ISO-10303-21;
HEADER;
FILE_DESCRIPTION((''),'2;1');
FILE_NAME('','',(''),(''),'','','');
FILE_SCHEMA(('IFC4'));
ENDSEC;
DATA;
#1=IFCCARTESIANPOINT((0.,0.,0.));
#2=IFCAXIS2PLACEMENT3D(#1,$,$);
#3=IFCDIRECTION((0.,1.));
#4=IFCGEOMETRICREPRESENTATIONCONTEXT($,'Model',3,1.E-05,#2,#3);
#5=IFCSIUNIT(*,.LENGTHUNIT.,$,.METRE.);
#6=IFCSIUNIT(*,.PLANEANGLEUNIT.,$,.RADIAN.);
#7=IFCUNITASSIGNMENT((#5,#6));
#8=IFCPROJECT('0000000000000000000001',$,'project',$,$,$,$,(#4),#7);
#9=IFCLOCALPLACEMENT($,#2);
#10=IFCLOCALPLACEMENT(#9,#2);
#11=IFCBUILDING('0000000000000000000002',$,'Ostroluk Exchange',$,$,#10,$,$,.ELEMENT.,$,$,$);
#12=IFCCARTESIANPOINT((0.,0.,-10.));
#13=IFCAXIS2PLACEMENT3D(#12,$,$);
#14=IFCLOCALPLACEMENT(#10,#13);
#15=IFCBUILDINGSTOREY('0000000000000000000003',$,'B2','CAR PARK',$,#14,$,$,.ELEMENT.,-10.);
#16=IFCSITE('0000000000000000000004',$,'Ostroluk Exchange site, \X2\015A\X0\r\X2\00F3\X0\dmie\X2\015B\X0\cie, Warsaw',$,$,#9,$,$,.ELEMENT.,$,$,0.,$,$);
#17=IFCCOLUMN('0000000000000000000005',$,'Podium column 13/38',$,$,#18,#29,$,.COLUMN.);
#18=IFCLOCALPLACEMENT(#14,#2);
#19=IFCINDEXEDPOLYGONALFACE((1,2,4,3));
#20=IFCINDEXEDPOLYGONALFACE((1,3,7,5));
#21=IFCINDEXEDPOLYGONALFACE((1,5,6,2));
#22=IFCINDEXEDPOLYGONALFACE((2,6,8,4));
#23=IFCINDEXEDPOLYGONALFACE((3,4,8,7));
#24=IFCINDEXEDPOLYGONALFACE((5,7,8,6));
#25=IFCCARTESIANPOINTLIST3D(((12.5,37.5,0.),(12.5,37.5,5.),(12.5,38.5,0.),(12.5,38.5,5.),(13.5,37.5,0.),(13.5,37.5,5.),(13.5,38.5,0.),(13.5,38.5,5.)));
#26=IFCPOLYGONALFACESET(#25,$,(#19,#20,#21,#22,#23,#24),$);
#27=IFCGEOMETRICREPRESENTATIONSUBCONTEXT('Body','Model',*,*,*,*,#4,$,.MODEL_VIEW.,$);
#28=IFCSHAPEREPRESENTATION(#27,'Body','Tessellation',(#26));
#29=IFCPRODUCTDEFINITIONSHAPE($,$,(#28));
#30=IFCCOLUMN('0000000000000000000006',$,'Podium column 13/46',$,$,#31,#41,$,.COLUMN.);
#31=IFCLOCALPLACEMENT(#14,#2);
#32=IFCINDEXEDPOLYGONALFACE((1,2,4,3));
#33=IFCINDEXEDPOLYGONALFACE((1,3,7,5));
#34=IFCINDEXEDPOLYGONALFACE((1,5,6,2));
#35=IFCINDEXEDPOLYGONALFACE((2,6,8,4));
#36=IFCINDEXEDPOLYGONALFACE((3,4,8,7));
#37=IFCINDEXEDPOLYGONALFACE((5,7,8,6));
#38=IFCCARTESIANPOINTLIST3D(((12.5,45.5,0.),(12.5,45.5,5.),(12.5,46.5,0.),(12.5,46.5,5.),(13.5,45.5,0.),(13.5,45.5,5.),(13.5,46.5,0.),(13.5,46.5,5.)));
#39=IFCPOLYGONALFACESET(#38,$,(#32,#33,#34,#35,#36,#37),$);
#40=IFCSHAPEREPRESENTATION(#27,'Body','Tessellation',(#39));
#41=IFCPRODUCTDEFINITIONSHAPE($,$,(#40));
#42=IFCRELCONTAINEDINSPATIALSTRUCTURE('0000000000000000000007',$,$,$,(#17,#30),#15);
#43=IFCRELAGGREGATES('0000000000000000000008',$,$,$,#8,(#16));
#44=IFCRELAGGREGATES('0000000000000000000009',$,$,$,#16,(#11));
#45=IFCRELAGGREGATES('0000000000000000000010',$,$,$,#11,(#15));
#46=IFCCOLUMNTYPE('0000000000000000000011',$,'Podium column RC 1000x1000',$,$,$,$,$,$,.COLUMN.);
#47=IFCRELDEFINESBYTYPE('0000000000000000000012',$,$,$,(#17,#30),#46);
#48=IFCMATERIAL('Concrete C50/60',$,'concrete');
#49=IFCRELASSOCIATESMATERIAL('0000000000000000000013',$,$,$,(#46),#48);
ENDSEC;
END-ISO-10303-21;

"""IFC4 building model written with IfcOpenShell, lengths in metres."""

from ifc_helpers import new_model, si_unit, direction, frame, origin, origin_2d, place, context, subcontext, project, spatial, rectangle, extrude, material, material_profile, profile_set, type_object, element, save


model = new_model("IFC4")

# Units and contexts
model_context = context("Model", 3, precision=1e-05, world=origin(), true_north=direction((0.0, 1.0)))
body_context = subcontext(model_context, "Body", "Model", "MODEL_VIEW")
ifc_project = project(units=[si_unit("LENGTHUNIT", "METRE"), si_unit("PLANEANGLEUNIT", "RADIAN")], contexts=[model_context])

# Site, building, storey
site_placement = place(None, origin())
site = spatial("IfcSite", under=ifc_project, at=site_placement, Name="Ostroluk Exchange site, Śródmieście, Warsaw", CompositionType="ELEMENT", RefElevation=0.0)
building_placement = place(site_placement, origin())
building = spatial("IfcBuilding", under=site, at=building_placement, Name="Ostroluk Exchange", CompositionType="ELEMENT")
storey_placement = place(building_placement, frame((0.0, 0.0, -10.0)))
storey = spatial("IfcBuildingStorey", under=building, at=storey_placement, Name="B2", Description="CAR PARK", CompositionType="ELEMENT", Elevation=-10.0)

# Columns
ifc_material_1 = material(Name="Concrete C50/60", Category="concrete")
ifc_material_profile = material_profile(ifc_material_1, rectangle(XDim=1.0, YDim=1.0, at=origin_2d()), Name="RC 1000x1000")
ifc_profile_set = profile_set([ifc_material_profile], Name="Concrete C50/60")
column_type = type_object("IfcColumnType", Name="Podium column RC 1000x1000", PredefinedType="COLUMN", material=ifc_profile_set)
for number, where, z_axis, x_axis, name in (
    (1, (13.0, 38.0, 0.0), (0.0, 0.0, 1.0), (1.0, 0.0, 0.0), "Podium column 13/38"),
    (2, (13.0, 46.0, 0.0), (0.0, 0.0, 1.0), (1.0, 0.0, 0.0), "Podium column 13/46"),
):
    element("IfcColumn", number, at=place(storey_placement, frame(where, z_axis=z_axis, x_axis=x_axis)), inside=storey, type_object=column_type, Name=name, PredefinedType="COLUMN", context=body_context, shape_type="SweptSolid", body=[
        extrude(rectangle(XDim=1.0, YDim=1.0, at=origin_2d()), origin(), (0.0, 0.0, 1.0), 5.0),
    ])

save(model, "model.ifc")
